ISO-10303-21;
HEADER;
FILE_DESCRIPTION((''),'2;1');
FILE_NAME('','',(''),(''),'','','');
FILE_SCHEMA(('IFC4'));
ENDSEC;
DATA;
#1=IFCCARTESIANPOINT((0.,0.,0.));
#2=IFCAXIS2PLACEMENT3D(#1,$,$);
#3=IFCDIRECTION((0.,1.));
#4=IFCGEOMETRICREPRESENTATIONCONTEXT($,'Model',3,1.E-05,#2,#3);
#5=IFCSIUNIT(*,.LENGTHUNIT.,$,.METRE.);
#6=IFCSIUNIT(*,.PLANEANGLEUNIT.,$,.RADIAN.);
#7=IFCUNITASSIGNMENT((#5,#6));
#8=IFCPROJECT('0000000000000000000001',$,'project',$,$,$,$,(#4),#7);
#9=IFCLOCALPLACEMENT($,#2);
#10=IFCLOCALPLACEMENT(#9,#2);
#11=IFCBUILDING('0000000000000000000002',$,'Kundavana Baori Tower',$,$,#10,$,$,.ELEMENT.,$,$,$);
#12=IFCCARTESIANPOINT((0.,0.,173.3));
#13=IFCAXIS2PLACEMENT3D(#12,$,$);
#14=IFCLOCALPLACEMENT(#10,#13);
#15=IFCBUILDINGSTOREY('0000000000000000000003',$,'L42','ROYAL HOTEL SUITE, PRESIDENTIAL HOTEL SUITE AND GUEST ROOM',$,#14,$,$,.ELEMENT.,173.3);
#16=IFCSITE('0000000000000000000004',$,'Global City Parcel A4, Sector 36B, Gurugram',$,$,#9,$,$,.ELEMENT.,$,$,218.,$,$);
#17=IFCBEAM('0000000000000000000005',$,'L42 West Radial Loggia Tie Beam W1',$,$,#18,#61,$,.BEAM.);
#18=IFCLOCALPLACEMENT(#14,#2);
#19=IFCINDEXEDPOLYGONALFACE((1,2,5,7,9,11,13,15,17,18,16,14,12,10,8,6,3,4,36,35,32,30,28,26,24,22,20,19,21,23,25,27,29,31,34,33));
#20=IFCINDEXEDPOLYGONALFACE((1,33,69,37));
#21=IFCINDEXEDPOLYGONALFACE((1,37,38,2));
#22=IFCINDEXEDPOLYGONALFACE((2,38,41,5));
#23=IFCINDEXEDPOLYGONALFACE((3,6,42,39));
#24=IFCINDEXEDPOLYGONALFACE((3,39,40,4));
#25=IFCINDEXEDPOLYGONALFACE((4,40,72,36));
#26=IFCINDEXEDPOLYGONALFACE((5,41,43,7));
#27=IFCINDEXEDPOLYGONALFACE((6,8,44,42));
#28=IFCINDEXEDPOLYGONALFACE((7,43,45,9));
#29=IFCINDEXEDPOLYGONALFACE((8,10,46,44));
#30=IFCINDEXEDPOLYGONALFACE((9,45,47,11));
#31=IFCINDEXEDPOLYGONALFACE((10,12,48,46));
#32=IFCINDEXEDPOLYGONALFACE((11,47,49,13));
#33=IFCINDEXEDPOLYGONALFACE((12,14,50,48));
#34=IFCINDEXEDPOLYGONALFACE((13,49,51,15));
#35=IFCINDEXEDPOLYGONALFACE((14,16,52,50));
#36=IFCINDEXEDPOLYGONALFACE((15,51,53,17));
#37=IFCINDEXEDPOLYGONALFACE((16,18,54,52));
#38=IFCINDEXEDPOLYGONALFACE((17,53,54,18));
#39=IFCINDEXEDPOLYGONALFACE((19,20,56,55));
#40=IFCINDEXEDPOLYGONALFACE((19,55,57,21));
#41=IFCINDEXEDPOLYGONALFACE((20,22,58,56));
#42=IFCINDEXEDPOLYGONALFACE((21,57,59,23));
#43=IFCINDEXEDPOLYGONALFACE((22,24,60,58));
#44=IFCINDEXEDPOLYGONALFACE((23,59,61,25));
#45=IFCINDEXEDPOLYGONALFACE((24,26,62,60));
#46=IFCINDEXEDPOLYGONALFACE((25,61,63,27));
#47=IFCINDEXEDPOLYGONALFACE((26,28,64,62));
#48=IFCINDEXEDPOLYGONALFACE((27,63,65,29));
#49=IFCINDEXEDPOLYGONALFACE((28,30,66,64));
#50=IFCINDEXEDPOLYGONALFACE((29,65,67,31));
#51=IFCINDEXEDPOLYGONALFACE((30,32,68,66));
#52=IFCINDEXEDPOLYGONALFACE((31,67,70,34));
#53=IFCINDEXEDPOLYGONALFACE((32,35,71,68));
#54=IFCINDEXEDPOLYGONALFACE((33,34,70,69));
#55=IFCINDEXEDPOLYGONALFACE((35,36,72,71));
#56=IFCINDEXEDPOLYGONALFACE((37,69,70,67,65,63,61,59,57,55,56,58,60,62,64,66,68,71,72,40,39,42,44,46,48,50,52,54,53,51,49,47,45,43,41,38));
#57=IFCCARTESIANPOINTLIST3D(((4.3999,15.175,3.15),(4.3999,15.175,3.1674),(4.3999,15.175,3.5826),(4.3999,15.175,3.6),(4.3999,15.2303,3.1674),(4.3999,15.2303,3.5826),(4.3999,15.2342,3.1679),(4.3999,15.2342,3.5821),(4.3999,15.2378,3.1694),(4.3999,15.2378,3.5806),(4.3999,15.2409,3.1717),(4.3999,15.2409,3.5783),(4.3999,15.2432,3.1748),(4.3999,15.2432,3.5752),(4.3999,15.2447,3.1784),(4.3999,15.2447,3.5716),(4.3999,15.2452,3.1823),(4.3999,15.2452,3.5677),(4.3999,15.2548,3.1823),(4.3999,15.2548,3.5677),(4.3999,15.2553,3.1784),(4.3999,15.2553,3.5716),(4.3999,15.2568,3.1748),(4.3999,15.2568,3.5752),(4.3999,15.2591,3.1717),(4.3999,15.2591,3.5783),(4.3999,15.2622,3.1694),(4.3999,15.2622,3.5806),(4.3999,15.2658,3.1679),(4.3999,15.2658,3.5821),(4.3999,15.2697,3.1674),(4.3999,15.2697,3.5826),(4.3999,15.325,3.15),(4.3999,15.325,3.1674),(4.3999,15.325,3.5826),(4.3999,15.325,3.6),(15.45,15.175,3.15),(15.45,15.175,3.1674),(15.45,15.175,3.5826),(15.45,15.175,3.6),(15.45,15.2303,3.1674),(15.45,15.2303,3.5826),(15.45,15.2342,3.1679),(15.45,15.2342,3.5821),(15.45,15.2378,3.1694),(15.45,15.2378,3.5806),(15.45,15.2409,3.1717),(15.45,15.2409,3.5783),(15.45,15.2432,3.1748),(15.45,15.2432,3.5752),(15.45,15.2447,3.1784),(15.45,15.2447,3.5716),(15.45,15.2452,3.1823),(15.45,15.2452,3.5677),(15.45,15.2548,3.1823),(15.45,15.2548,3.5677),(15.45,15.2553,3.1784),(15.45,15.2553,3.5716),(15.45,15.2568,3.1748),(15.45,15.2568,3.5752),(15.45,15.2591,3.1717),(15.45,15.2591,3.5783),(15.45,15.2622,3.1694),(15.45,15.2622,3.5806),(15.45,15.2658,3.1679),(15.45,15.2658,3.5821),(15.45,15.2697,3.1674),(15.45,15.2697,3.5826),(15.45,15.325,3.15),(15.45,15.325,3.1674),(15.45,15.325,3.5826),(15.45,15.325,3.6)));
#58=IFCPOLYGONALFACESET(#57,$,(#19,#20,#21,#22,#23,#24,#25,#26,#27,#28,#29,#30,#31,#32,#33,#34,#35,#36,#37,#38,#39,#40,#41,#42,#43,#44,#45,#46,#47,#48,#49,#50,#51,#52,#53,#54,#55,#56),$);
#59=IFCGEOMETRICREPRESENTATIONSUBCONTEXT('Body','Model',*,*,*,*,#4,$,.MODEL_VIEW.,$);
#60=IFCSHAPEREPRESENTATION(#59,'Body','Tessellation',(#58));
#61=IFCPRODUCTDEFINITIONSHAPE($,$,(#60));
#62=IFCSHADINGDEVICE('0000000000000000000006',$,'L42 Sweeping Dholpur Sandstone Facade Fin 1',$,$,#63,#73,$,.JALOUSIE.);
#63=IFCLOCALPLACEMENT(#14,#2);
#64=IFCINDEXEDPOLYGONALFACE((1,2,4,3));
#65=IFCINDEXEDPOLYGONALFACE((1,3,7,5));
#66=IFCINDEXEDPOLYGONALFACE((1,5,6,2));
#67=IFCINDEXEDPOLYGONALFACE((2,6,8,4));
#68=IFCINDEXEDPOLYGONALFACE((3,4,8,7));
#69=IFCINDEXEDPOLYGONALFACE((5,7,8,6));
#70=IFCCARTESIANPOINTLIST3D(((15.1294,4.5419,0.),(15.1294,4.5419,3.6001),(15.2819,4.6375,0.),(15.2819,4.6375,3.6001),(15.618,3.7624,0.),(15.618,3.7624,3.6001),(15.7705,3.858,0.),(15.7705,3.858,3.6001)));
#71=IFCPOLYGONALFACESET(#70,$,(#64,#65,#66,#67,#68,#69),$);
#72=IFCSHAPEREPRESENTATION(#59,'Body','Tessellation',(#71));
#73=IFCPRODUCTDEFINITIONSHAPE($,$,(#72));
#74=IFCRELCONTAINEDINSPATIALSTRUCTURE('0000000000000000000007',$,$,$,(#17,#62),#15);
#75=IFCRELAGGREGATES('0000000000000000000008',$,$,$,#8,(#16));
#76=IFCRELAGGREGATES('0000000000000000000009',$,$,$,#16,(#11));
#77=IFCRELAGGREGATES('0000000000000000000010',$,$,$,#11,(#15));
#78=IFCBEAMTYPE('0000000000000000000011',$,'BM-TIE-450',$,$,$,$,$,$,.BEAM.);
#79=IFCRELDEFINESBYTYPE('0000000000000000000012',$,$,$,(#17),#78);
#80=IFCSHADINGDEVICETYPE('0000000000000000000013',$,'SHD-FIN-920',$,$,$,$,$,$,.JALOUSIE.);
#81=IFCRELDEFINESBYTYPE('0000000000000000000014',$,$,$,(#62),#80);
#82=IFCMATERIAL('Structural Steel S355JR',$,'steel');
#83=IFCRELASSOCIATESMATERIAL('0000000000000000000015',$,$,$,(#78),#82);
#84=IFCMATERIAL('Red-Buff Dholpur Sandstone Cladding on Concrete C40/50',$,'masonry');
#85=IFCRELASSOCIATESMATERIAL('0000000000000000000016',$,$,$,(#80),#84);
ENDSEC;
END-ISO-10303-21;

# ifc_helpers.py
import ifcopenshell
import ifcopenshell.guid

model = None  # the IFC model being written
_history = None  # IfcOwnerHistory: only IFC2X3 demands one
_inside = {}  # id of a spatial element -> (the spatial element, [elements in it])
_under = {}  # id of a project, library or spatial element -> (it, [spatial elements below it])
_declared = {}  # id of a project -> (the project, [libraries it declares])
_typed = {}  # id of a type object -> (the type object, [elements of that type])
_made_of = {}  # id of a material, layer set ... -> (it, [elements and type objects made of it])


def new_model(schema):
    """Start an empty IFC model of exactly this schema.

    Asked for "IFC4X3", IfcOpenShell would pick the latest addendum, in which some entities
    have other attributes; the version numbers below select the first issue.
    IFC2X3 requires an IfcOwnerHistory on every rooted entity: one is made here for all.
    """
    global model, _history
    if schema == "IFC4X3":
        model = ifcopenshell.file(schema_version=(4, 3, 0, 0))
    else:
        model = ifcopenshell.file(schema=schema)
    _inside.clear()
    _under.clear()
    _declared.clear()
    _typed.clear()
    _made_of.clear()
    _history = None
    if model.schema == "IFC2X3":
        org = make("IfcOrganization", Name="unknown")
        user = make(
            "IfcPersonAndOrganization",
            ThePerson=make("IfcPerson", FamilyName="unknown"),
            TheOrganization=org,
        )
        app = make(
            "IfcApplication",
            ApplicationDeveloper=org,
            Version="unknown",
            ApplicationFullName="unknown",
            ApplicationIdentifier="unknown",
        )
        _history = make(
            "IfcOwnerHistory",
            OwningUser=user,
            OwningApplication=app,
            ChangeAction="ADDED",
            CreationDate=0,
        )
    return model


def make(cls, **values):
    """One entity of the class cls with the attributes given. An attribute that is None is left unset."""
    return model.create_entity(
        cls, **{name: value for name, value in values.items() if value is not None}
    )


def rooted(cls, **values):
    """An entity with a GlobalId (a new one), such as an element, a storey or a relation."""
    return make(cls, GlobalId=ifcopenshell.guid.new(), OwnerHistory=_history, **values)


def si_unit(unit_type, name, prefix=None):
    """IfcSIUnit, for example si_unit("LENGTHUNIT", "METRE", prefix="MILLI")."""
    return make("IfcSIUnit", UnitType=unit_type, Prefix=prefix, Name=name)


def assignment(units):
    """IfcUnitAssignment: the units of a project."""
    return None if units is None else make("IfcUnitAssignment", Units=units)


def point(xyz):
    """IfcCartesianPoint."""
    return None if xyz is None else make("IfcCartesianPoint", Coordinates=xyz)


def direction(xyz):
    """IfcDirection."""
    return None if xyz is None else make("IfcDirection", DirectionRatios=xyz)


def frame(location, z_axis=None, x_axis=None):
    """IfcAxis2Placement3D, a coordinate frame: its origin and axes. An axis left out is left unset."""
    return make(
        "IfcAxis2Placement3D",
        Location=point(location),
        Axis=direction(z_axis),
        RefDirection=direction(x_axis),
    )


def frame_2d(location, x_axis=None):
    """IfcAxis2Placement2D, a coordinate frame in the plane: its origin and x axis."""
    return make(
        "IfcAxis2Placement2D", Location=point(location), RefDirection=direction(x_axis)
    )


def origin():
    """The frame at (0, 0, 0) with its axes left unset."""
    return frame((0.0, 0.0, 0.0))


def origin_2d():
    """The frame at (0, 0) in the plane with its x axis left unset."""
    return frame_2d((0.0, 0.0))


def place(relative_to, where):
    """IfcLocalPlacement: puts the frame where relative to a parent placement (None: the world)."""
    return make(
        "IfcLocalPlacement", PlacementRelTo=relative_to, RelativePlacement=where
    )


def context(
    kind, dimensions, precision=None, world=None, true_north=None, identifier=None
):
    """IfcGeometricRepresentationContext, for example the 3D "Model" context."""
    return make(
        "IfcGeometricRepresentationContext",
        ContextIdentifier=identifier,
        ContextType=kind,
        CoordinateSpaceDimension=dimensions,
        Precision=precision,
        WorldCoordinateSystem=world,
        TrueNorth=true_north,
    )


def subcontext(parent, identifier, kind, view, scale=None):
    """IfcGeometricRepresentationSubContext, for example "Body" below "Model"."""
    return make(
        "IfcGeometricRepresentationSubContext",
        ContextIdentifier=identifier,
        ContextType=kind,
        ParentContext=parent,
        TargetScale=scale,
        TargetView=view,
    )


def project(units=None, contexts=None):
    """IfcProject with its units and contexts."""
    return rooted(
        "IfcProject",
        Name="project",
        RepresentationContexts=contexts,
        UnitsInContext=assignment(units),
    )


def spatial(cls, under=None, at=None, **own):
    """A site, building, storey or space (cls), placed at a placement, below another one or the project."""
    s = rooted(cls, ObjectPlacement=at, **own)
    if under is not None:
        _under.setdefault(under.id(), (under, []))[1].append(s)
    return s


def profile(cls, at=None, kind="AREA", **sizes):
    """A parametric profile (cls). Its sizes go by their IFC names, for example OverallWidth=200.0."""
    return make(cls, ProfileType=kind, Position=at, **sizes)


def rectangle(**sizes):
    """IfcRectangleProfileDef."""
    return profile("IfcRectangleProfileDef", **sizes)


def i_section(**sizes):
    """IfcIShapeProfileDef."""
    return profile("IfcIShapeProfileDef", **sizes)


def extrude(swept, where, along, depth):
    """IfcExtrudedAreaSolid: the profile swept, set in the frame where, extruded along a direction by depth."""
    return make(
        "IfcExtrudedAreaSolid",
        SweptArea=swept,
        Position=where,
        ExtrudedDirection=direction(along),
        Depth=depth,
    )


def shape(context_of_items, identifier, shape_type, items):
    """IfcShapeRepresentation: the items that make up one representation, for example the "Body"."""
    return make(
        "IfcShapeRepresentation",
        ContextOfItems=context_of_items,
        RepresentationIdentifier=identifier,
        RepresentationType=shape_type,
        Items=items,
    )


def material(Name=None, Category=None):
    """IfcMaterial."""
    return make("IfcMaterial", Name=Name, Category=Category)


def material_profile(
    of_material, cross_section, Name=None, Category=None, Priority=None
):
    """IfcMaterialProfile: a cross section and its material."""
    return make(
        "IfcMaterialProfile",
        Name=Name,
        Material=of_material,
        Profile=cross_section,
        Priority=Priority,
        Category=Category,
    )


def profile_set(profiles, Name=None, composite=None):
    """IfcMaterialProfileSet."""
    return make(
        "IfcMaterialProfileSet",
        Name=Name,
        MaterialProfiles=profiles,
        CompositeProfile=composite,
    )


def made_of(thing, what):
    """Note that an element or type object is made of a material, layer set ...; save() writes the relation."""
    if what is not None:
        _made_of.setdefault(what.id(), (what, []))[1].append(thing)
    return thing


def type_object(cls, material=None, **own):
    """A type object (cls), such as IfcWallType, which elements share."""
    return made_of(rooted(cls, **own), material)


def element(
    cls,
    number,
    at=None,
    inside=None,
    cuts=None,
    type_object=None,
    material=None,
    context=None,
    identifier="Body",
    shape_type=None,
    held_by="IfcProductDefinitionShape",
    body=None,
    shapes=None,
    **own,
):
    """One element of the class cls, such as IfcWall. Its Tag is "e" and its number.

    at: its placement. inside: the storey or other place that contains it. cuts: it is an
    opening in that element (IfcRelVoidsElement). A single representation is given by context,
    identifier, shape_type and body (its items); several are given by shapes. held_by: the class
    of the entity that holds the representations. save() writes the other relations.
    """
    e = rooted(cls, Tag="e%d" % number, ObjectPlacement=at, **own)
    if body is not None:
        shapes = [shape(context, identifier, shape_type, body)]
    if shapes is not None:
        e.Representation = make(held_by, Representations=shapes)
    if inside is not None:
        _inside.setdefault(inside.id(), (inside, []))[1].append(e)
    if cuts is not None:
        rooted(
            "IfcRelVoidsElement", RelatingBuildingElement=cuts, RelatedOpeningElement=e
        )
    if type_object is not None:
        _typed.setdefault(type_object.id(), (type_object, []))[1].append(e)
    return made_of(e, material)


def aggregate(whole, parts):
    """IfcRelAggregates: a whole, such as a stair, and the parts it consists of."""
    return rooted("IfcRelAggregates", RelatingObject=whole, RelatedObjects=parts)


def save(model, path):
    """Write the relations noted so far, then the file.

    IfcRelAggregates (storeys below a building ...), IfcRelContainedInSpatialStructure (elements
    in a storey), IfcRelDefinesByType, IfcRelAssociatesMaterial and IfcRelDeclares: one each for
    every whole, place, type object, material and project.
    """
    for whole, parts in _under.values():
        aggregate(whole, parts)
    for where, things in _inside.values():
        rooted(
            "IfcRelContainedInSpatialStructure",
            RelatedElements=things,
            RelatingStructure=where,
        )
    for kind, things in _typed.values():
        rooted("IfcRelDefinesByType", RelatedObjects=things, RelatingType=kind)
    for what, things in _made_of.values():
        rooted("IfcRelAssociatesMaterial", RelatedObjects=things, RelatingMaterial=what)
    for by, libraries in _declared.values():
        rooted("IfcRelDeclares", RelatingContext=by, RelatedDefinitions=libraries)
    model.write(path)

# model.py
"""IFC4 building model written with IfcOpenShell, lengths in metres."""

from ifc_helpers import new_model, si_unit, direction, frame, origin, origin_2d, place, context, subcontext, project, spatial, rectangle, i_section, extrude, material, material_profile, profile_set, type_object, element, save


model = new_model("IFC4")

# Units and contexts
model_context = context("Model", 3, precision=1e-05, world=origin(), true_north=direction((0.0, 1.0)))
body_context = subcontext(model_context, "Body", "Model", "MODEL_VIEW")
ifc_project = project(units=[si_unit("LENGTHUNIT", "METRE"), si_unit("PLANEANGLEUNIT", "RADIAN")], contexts=[model_context])

# Site, building, storey
site_placement = place(None, origin())
site = spatial("IfcSite", under=ifc_project, at=site_placement, Name="Global City Parcel A4, Sector 36B, Gurugram", CompositionType="ELEMENT", RefElevation=218.0)
building_placement = place(site_placement, origin())
building = spatial("IfcBuilding", under=site, at=building_placement, Name="Kundavana Baori Tower", CompositionType="ELEMENT")
storey_placement = place(building_placement, frame((0.0, 0.0, 173.3)))
storey = spatial("IfcBuildingStorey", under=building, at=storey_placement, Name="L42", Description="ROYAL HOTEL SUITE, PRESIDENTIAL HOTEL SUITE AND GUEST ROOM", CompositionType="ELEMENT", Elevation=173.3)

# Beam
ifc_material_1 = material(Name="Structural Steel S355JR", Category="steel")
ifc_material_profile_1 = material_profile(ifc_material_1, i_section(OverallWidth=0.1499, OverallDepth=0.45, WebThickness=0.0095, FlangeThickness=0.0173, FilletRadius=0.0149, at=origin_2d()), Name="ISMB 450")
ifc_profile_set_1 = profile_set([ifc_material_profile_1], Name="Structural Steel S355JR")
beam_type_1 = type_object("IfcBeamType", Name="BM-TIE-450", PredefinedType="BEAM", material=ifc_profile_set_1)
for number, where, z_axis, x_axis, name in (
    (1, (15.45, 15.25, 3.375), (-1.0, 0.0, 0.0), (0.0, -1.0, 0.0), "L42 West Radial Loggia Tie Beam W1"),
):
    element("IfcBeam", number, at=place(storey_placement, frame(where, z_axis=z_axis, x_axis=x_axis)), inside=storey, type_object=beam_type_1, Name=name, PredefinedType="BEAM", context=body_context, shape_type="SweptSolid", body=[
        extrude(i_section(OverallWidth=0.1499, OverallDepth=0.45, WebThickness=0.0095, FlangeThickness=0.0173, FilletRadius=0.0149, at=origin_2d()), origin(), (0.0, 0.0, 1.0), 11.05),
    ])

# Shading device
ifc_material_2 = material(Name="Red-Buff Dholpur Sandstone Cladding on Concrete C40/50", Category="masonry")
shading_device_type = type_object("IfcShadingDeviceType", Name="SHD-FIN-920", PredefinedType="JALOUSIE", material=ifc_material_2)
shading_device_placement = place(storey_placement, frame((15.45, 4.2, 0.0), z_axis=(0.0, 0.0, 1.0), x_axis=(0.847307, 0.531103, 0.0)))
element("IfcShadingDevice", 2, at=shading_device_placement, inside=storey, type_object=shading_device_type, Name="L42 Sweeping Dholpur Sandstone Facade Fin 1", PredefinedType="JALOUSIE", context=body_context, shape_type="SweptSolid", body=[
    extrude(rectangle(XDim=0.1799, YDim=0.9199, at=origin_2d()), origin(), (0.0, 0.0, 1.0), 3.6001),
])

save(model, "model.ifc")
